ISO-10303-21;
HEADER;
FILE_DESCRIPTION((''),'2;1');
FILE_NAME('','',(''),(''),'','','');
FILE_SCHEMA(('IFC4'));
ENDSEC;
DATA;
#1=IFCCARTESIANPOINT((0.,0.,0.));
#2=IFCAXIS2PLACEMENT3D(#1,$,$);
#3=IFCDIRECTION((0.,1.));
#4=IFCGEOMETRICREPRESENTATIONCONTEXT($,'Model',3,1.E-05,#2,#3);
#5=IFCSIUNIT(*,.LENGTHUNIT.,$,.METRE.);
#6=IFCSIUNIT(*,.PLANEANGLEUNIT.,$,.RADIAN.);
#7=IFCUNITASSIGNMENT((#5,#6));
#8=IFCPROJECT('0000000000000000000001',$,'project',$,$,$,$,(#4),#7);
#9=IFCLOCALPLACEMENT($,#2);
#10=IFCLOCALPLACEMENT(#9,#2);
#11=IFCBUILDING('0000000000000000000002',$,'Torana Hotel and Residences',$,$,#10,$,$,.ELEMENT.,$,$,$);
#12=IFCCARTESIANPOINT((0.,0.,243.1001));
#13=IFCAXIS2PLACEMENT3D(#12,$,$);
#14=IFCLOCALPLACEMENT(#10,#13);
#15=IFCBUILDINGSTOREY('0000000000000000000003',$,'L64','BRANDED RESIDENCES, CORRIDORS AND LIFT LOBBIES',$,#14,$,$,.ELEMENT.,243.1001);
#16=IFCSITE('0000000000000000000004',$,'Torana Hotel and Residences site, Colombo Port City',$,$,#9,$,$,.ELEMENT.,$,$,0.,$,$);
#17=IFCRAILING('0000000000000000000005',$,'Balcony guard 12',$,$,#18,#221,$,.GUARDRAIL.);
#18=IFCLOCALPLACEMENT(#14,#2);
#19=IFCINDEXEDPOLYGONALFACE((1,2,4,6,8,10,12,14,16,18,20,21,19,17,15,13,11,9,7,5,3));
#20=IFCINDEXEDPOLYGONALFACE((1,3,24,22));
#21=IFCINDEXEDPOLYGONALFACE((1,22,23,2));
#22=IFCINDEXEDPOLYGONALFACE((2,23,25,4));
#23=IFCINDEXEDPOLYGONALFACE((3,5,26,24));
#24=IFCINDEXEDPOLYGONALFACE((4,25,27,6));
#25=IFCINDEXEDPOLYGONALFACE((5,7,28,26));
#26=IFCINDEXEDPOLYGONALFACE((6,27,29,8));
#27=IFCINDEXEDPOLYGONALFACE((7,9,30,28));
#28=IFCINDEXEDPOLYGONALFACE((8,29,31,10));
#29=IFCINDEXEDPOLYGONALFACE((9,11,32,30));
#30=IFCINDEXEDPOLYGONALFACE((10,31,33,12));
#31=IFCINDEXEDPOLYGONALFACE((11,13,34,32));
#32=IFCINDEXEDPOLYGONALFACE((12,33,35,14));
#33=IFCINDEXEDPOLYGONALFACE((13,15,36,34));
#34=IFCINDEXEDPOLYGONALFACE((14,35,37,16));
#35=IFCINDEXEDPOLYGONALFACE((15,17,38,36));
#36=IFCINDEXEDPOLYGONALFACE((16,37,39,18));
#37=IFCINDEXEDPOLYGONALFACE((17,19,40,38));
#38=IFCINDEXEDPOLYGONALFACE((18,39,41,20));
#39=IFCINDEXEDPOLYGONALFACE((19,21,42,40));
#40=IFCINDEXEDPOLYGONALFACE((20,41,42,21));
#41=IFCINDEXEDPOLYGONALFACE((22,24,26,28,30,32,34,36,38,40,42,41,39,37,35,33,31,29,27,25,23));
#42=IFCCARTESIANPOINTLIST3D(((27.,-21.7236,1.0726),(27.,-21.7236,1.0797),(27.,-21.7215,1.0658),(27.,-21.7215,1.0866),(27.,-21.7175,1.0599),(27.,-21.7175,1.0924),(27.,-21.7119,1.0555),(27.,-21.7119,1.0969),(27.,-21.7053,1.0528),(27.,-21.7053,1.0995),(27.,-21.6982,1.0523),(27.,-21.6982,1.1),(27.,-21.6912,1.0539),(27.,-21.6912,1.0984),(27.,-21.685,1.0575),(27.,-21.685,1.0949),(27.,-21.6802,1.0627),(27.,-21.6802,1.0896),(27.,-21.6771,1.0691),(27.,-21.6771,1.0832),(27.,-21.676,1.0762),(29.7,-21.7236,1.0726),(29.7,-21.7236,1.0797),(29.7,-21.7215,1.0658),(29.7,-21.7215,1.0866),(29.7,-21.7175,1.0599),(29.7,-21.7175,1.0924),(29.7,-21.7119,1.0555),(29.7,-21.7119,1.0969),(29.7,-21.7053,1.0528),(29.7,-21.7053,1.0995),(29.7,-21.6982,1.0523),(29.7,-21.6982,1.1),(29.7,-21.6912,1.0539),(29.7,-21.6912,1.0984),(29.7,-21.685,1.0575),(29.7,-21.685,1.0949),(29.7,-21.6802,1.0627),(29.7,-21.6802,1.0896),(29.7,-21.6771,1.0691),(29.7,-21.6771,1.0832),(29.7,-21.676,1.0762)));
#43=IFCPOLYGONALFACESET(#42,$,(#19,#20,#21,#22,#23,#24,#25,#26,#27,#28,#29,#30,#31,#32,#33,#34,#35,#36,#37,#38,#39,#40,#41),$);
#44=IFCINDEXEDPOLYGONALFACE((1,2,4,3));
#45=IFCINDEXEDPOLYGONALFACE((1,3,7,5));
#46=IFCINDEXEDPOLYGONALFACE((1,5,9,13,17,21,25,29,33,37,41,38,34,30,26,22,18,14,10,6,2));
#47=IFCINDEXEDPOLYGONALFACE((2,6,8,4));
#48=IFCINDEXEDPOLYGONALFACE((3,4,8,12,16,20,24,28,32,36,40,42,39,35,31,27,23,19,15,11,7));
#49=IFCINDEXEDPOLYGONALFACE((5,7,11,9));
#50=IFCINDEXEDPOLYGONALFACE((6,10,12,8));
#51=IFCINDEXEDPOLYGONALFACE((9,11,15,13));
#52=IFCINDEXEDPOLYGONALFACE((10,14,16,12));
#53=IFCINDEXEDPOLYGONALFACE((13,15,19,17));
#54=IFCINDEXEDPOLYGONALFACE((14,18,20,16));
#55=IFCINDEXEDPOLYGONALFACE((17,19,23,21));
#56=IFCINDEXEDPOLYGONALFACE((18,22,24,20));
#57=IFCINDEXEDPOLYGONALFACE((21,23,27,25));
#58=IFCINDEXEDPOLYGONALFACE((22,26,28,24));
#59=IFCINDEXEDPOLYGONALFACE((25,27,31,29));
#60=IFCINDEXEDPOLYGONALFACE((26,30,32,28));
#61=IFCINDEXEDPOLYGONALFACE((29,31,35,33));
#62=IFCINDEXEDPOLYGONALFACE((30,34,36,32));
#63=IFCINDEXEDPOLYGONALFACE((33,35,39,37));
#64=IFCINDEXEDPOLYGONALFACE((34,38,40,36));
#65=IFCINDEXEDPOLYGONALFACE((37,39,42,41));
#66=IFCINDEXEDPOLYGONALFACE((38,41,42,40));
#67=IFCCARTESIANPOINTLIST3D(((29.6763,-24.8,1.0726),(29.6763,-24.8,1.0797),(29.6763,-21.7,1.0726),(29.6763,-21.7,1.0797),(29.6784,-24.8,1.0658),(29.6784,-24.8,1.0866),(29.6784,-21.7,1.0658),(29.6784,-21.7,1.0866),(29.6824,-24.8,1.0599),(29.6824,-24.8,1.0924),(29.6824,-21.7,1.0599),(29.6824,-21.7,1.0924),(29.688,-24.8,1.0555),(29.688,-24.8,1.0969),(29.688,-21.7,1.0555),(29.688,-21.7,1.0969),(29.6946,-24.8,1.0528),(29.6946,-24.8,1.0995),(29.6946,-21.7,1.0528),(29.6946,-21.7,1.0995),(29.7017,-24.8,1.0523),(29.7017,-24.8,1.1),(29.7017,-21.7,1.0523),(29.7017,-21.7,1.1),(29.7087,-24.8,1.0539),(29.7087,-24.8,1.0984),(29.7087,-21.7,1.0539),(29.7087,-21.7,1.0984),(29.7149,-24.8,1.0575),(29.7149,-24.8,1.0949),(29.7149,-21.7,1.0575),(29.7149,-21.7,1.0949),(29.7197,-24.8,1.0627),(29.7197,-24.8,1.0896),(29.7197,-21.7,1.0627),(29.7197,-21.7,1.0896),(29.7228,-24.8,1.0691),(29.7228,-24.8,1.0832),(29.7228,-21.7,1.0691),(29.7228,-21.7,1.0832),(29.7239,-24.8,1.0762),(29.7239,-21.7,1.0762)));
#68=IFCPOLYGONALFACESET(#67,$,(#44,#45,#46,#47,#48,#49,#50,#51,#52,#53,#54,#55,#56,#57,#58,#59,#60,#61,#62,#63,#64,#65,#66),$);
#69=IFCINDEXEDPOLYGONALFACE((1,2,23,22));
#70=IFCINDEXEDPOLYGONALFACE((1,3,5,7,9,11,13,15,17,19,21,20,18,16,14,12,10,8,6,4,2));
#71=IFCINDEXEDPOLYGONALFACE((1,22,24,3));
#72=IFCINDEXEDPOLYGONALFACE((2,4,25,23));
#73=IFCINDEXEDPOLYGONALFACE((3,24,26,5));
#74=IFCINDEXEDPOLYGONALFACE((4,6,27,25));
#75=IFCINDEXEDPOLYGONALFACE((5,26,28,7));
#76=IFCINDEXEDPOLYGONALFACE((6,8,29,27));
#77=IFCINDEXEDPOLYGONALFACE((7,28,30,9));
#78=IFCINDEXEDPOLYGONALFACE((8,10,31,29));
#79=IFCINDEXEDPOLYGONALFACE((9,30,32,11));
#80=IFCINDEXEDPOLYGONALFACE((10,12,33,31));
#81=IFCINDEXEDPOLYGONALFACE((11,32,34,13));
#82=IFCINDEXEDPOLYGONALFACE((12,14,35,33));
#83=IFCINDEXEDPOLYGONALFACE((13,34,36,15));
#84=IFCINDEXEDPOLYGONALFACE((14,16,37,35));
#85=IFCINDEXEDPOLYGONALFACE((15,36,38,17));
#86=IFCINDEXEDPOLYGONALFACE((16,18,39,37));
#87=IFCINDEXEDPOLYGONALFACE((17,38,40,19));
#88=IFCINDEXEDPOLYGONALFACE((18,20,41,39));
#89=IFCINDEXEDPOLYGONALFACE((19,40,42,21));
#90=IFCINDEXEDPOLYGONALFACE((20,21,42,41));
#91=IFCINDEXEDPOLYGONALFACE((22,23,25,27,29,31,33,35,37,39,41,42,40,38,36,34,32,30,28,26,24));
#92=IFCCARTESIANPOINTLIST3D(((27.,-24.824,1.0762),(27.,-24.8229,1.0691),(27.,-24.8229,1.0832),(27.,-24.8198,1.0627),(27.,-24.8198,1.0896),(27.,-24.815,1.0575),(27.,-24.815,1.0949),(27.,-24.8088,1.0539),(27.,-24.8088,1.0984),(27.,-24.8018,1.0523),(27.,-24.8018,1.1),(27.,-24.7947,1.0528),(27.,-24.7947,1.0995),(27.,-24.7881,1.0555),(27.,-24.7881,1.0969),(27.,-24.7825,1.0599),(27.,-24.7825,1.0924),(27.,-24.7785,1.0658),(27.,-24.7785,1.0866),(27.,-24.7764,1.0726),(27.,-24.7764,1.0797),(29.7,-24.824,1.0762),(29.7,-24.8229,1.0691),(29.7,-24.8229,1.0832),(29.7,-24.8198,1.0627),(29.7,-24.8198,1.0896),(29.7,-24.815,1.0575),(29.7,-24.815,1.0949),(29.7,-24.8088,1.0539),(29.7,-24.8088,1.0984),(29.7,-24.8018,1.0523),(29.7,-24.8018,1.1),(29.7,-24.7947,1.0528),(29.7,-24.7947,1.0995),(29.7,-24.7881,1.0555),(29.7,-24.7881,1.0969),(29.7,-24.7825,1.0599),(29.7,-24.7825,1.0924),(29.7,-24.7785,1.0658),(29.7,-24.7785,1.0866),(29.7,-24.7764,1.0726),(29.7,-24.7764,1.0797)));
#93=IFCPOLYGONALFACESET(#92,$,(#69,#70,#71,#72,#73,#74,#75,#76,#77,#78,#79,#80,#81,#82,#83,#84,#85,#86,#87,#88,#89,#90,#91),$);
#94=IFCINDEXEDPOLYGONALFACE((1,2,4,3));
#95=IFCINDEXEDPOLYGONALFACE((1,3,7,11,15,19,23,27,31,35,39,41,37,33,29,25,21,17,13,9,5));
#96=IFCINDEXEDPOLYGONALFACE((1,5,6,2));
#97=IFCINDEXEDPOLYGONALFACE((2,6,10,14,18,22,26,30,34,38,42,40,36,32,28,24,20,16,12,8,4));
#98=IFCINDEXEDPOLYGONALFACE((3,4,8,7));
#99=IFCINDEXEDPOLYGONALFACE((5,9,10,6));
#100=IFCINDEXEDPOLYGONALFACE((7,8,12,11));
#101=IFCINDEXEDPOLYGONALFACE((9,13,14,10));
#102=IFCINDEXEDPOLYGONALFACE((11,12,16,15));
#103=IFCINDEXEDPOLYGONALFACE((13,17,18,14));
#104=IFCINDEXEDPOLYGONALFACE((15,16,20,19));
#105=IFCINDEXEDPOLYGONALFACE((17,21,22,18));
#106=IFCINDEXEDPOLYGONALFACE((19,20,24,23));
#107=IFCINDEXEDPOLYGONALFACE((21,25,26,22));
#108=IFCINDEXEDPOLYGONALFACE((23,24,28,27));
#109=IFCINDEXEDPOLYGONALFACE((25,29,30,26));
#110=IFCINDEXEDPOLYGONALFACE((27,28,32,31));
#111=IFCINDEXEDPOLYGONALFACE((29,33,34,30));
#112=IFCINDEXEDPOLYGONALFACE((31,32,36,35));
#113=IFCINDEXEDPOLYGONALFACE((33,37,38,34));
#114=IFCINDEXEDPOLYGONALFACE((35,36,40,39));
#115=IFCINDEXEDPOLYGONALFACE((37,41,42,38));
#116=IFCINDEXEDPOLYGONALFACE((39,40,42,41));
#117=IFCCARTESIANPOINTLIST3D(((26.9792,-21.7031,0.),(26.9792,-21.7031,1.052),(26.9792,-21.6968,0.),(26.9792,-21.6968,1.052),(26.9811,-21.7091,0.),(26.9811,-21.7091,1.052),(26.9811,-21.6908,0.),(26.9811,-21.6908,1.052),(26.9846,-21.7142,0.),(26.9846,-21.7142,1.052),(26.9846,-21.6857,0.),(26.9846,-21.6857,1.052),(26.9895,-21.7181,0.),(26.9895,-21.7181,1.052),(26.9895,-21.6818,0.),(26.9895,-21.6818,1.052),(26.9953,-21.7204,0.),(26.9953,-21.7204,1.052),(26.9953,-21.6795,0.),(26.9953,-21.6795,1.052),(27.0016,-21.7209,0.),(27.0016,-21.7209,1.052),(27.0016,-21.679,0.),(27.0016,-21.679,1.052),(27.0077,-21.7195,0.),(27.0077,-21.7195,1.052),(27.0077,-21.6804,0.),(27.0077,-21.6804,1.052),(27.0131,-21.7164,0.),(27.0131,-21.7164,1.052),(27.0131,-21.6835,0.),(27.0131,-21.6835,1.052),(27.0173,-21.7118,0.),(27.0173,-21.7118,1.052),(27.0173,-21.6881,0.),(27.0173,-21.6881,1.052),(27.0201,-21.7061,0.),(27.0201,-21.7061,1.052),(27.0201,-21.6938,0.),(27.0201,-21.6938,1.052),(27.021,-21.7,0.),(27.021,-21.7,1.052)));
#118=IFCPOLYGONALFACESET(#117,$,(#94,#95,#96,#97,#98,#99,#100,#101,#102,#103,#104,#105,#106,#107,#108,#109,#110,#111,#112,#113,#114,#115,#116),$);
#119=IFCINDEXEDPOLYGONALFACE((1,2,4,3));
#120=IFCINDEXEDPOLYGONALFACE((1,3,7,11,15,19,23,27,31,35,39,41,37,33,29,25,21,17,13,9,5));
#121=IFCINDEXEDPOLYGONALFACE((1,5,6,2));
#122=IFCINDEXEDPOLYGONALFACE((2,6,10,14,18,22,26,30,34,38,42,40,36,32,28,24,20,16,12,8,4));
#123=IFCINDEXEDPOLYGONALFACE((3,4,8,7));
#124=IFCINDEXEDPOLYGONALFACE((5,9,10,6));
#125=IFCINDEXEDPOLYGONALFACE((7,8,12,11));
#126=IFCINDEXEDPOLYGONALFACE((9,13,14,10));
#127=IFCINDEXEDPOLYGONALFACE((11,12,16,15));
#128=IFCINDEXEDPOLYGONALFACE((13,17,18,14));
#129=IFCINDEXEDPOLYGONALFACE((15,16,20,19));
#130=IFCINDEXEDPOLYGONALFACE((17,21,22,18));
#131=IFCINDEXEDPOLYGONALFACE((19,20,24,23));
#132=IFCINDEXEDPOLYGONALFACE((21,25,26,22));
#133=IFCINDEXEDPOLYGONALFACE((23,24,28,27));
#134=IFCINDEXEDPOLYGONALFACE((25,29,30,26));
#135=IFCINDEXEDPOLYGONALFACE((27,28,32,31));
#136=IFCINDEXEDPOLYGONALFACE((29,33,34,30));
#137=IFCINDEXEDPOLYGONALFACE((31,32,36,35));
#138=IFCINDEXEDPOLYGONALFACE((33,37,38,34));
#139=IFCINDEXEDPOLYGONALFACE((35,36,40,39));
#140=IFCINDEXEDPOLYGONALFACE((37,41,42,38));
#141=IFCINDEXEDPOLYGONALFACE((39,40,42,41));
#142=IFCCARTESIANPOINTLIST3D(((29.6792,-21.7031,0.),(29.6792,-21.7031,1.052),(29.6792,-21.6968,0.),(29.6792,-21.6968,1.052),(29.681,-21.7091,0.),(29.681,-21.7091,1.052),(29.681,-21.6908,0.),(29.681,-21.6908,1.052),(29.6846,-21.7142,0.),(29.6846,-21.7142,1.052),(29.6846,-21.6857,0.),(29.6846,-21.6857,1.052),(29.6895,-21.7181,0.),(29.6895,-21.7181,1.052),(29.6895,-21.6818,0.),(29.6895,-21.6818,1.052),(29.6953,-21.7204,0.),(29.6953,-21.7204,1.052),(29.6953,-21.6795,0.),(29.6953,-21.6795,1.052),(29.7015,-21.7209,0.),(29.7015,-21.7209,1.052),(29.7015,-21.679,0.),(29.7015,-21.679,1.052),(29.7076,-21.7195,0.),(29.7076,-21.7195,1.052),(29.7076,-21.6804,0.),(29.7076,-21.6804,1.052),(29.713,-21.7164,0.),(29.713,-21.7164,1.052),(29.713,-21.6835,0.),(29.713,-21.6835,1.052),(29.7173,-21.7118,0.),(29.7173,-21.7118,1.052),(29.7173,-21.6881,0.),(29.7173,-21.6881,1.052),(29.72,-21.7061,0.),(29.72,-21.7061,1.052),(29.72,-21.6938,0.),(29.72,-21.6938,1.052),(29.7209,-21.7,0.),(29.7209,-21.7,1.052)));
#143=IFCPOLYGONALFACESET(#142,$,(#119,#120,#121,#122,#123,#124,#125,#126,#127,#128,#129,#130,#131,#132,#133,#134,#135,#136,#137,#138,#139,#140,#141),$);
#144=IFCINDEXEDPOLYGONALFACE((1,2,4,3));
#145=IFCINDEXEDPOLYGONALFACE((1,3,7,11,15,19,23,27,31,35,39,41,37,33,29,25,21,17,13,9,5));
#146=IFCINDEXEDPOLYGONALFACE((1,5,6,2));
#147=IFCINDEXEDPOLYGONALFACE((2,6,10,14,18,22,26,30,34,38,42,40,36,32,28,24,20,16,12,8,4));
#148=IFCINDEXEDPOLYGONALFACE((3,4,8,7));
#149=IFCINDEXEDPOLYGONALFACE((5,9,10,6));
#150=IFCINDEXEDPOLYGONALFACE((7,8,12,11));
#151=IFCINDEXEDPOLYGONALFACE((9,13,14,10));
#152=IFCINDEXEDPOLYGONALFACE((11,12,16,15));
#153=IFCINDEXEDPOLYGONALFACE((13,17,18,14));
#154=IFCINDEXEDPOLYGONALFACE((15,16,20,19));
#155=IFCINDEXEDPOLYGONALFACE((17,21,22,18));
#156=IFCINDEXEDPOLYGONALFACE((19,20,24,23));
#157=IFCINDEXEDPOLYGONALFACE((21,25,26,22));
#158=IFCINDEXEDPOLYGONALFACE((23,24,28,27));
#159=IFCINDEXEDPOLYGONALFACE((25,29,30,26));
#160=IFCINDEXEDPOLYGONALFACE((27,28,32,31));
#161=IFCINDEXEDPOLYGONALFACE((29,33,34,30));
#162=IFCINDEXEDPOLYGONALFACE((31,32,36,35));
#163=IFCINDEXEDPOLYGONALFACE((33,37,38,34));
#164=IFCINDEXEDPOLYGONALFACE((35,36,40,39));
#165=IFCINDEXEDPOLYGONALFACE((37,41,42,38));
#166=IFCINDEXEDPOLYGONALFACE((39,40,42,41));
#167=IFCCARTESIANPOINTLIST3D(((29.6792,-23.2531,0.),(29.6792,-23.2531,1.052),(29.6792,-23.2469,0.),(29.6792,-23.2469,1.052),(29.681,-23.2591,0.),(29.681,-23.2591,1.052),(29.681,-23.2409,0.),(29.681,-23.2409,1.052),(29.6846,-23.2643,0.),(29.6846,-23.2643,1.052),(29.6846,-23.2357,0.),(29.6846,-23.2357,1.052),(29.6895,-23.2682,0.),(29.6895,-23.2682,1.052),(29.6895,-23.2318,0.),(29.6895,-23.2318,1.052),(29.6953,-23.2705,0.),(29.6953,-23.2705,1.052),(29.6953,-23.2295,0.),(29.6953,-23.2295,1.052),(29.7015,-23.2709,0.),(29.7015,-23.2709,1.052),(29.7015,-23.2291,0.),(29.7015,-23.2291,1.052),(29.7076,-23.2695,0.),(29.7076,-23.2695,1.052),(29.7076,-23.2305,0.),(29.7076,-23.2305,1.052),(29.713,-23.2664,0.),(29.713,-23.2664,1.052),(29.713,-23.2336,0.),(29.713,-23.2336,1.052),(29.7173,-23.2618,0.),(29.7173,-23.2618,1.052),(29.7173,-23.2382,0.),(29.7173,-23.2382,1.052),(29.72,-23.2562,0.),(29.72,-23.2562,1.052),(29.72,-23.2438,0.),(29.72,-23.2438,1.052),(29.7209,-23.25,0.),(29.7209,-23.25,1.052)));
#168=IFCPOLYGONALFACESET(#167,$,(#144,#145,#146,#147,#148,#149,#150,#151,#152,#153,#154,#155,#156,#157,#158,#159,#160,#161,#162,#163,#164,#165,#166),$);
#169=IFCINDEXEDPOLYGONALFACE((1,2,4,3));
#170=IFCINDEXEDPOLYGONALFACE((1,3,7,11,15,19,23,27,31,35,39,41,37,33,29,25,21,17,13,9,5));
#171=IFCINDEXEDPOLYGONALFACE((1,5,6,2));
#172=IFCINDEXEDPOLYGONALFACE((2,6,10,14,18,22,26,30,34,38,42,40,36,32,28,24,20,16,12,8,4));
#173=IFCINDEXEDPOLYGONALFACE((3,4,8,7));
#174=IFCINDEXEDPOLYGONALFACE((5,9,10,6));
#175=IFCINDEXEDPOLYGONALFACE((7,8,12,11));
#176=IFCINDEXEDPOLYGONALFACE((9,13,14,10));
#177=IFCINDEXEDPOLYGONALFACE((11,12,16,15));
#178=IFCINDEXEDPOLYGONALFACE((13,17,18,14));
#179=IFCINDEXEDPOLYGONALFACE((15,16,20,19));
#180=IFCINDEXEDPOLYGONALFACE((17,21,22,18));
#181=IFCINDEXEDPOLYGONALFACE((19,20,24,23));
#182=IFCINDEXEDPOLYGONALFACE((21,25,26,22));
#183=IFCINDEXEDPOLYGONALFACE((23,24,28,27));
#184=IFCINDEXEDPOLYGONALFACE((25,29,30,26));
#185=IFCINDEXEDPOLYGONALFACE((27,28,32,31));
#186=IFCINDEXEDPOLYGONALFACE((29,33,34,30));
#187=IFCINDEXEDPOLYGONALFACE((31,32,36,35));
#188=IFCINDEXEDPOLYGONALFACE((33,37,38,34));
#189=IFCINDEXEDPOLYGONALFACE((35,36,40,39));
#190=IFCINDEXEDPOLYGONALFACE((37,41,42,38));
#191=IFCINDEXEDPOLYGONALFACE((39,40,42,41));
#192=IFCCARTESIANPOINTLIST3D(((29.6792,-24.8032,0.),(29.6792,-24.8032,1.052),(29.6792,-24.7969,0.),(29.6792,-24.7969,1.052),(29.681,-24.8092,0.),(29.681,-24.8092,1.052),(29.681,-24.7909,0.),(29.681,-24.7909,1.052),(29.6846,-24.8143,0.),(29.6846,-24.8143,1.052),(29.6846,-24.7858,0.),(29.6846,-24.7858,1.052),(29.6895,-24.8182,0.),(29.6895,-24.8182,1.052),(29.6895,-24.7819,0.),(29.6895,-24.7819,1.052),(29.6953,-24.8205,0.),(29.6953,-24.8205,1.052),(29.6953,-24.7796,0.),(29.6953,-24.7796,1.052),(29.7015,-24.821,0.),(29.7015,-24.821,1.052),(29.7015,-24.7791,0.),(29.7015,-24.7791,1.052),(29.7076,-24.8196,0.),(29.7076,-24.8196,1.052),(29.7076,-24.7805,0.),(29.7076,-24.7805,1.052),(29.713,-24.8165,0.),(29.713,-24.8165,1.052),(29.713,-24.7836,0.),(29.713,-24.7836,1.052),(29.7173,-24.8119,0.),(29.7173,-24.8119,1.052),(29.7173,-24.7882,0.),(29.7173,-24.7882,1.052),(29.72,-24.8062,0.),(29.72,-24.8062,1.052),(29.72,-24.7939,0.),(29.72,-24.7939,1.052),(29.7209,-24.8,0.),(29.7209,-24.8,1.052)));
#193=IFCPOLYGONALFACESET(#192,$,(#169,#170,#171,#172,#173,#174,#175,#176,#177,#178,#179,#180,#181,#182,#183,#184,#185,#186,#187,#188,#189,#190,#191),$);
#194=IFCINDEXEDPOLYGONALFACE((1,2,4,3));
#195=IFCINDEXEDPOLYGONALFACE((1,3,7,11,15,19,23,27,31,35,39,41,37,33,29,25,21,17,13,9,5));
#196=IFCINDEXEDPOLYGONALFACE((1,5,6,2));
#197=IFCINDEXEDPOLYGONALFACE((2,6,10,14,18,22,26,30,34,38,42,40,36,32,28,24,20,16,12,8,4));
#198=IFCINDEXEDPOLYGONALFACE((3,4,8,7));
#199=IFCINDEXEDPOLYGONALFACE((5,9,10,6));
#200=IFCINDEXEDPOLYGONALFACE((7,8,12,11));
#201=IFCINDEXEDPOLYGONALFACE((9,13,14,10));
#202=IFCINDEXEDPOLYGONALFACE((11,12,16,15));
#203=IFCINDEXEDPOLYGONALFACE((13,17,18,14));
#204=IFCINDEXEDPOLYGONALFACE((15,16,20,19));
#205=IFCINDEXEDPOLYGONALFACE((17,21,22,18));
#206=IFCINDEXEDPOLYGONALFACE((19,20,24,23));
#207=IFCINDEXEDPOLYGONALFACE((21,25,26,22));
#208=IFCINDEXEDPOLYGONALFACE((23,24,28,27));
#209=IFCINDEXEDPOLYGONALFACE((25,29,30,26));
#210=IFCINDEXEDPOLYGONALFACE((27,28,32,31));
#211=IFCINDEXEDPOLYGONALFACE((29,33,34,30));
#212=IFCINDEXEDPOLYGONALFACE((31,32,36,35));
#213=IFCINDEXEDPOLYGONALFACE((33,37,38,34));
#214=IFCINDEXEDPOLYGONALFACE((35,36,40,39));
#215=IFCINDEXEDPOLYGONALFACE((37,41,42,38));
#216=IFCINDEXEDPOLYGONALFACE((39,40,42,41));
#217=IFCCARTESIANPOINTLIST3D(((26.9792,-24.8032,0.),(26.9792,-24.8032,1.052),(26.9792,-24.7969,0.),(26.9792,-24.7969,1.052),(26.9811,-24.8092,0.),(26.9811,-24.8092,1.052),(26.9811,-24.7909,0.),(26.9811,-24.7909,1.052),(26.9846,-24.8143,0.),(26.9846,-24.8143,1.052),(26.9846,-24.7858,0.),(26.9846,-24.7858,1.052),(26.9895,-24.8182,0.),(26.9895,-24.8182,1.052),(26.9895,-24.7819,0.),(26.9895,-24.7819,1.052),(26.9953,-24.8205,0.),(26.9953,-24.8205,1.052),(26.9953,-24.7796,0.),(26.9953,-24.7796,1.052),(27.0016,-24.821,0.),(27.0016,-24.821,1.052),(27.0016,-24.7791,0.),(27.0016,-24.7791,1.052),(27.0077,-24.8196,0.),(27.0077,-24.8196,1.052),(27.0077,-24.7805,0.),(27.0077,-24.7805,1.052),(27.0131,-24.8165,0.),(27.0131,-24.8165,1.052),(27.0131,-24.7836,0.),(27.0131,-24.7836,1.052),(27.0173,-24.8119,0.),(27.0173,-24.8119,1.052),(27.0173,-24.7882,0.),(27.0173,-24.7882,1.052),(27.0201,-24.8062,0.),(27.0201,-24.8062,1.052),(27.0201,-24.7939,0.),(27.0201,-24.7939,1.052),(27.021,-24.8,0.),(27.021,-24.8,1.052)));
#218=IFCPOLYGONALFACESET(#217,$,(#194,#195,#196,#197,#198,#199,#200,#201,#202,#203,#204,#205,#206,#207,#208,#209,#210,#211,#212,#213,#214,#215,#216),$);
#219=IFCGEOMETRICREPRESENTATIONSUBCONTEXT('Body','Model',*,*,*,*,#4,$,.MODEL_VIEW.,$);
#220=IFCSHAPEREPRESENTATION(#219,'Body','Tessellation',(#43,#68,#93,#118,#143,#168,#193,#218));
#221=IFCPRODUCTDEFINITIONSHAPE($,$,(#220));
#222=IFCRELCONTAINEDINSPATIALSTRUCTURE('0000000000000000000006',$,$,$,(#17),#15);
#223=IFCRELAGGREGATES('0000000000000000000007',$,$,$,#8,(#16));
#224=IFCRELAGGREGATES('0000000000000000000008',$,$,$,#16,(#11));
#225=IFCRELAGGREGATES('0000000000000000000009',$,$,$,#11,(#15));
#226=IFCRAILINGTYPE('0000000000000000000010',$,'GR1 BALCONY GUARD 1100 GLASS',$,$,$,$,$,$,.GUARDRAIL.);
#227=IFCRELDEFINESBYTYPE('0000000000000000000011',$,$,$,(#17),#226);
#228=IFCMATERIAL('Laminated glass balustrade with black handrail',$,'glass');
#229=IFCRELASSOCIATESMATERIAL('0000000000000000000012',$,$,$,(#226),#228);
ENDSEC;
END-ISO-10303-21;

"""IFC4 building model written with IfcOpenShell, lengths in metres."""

from ifc_helpers import new_model, si_unit, direction, frame, origin, origin_2d, place, context, subcontext, project, spatial, circle, extrude, material, type_object, element, save


model = new_model("IFC4")

# Units and contexts
model_context = context("Model", 3, precision=1e-05, world=origin(), true_north=direction((0.0, 1.0)))
body_context = subcontext(model_context, "Body", "Model", "MODEL_VIEW")
ifc_project = project(units=[si_unit("LENGTHUNIT", "METRE"), si_unit("PLANEANGLEUNIT", "RADIAN")], contexts=[model_context])

# Site, building, storey
site_placement = place(None, origin())
site = spatial("IfcSite", under=ifc_project, at=site_placement, Name="Torana Hotel and Residences site, Colombo Port City", CompositionType="ELEMENT", RefElevation=0.0)
building_placement = place(site_placement, origin())
building = spatial("IfcBuilding", under=site, at=building_placement, Name="Torana Hotel and Residences", CompositionType="ELEMENT")
storey_placement = place(building_placement, frame((0.0, 0.0, 243.1001)))
storey = spatial("IfcBuildingStorey", under=building, at=storey_placement, Name="L64", Description="BRANDED RESIDENCES, CORRIDORS AND LIFT LOBBIES", CompositionType="ELEMENT", Elevation=243.1001)

# Railing
ifc_material_1 = material(Name="Laminated glass balustrade with black handrail", Category="glass")
railing_type = type_object("IfcRailingType", Name="GR1 BALCONY GUARD 1100 GLASS", PredefinedType="GUARDRAIL", material=ifc_material_1)
railing_1_placement = place(storey_placement, frame((27.0, -21.7, 0.0)))
element("IfcRailing", 1, at=railing_1_placement, inside=storey, type_object=railing_type, Name="Balcony guard 12", PredefinedType="GUARDRAIL", context=body_context, shape_type="SweptSolid", body=[
    extrude(circle(Radius=0.0239, at=origin_2d()), frame((0.0, 0.0, 1.0762), z_axis=(1.0, 0.0, 0.0), x_axis=(0.0, 1.0, 0.0)), (0.0, 0.0, 1.0), 2.7),
    extrude(circle(Radius=0.0239, at=origin_2d()), frame((2.7, 0.0, 1.0762), z_axis=(0.0, -1.0, 0.0), x_axis=(1.0, 0.0, 0.0)), (0.0, 0.0, 1.0), 3.1001),
    extrude(circle(Radius=0.0239, at=origin_2d()), frame((2.7, -3.1001, 1.0762), z_axis=(-1.0, 0.0, 0.0), x_axis=(0.0, -1.0, 0.0)), (0.0, 0.0, 1.0), 2.7),
    extrude(circle(Radius=0.021, at=origin_2d()), origin(), (0.0, 0.0, 1.0), 1.052),
    extrude(circle(Radius=0.021, at=origin_2d()), frame((2.7, 0.0, 0.0)), (0.0, 0.0, 1.0), 1.052),
    extrude(circle(Radius=0.021, at=origin_2d()), frame((2.7, -1.55, 0.0)), (0.0, 0.0, 1.0), 1.052),
    extrude(circle(Radius=0.021, at=origin_2d()), frame((2.7, -3.1001, 0.0)), (0.0, 0.0, 1.0), 1.052),
    extrude(circle(Radius=0.021, at=origin_2d()), frame((0.0, -3.1001, 0.0)), (0.0, 0.0, 1.0), 1.052),
])

save(model, "model.ifc")
